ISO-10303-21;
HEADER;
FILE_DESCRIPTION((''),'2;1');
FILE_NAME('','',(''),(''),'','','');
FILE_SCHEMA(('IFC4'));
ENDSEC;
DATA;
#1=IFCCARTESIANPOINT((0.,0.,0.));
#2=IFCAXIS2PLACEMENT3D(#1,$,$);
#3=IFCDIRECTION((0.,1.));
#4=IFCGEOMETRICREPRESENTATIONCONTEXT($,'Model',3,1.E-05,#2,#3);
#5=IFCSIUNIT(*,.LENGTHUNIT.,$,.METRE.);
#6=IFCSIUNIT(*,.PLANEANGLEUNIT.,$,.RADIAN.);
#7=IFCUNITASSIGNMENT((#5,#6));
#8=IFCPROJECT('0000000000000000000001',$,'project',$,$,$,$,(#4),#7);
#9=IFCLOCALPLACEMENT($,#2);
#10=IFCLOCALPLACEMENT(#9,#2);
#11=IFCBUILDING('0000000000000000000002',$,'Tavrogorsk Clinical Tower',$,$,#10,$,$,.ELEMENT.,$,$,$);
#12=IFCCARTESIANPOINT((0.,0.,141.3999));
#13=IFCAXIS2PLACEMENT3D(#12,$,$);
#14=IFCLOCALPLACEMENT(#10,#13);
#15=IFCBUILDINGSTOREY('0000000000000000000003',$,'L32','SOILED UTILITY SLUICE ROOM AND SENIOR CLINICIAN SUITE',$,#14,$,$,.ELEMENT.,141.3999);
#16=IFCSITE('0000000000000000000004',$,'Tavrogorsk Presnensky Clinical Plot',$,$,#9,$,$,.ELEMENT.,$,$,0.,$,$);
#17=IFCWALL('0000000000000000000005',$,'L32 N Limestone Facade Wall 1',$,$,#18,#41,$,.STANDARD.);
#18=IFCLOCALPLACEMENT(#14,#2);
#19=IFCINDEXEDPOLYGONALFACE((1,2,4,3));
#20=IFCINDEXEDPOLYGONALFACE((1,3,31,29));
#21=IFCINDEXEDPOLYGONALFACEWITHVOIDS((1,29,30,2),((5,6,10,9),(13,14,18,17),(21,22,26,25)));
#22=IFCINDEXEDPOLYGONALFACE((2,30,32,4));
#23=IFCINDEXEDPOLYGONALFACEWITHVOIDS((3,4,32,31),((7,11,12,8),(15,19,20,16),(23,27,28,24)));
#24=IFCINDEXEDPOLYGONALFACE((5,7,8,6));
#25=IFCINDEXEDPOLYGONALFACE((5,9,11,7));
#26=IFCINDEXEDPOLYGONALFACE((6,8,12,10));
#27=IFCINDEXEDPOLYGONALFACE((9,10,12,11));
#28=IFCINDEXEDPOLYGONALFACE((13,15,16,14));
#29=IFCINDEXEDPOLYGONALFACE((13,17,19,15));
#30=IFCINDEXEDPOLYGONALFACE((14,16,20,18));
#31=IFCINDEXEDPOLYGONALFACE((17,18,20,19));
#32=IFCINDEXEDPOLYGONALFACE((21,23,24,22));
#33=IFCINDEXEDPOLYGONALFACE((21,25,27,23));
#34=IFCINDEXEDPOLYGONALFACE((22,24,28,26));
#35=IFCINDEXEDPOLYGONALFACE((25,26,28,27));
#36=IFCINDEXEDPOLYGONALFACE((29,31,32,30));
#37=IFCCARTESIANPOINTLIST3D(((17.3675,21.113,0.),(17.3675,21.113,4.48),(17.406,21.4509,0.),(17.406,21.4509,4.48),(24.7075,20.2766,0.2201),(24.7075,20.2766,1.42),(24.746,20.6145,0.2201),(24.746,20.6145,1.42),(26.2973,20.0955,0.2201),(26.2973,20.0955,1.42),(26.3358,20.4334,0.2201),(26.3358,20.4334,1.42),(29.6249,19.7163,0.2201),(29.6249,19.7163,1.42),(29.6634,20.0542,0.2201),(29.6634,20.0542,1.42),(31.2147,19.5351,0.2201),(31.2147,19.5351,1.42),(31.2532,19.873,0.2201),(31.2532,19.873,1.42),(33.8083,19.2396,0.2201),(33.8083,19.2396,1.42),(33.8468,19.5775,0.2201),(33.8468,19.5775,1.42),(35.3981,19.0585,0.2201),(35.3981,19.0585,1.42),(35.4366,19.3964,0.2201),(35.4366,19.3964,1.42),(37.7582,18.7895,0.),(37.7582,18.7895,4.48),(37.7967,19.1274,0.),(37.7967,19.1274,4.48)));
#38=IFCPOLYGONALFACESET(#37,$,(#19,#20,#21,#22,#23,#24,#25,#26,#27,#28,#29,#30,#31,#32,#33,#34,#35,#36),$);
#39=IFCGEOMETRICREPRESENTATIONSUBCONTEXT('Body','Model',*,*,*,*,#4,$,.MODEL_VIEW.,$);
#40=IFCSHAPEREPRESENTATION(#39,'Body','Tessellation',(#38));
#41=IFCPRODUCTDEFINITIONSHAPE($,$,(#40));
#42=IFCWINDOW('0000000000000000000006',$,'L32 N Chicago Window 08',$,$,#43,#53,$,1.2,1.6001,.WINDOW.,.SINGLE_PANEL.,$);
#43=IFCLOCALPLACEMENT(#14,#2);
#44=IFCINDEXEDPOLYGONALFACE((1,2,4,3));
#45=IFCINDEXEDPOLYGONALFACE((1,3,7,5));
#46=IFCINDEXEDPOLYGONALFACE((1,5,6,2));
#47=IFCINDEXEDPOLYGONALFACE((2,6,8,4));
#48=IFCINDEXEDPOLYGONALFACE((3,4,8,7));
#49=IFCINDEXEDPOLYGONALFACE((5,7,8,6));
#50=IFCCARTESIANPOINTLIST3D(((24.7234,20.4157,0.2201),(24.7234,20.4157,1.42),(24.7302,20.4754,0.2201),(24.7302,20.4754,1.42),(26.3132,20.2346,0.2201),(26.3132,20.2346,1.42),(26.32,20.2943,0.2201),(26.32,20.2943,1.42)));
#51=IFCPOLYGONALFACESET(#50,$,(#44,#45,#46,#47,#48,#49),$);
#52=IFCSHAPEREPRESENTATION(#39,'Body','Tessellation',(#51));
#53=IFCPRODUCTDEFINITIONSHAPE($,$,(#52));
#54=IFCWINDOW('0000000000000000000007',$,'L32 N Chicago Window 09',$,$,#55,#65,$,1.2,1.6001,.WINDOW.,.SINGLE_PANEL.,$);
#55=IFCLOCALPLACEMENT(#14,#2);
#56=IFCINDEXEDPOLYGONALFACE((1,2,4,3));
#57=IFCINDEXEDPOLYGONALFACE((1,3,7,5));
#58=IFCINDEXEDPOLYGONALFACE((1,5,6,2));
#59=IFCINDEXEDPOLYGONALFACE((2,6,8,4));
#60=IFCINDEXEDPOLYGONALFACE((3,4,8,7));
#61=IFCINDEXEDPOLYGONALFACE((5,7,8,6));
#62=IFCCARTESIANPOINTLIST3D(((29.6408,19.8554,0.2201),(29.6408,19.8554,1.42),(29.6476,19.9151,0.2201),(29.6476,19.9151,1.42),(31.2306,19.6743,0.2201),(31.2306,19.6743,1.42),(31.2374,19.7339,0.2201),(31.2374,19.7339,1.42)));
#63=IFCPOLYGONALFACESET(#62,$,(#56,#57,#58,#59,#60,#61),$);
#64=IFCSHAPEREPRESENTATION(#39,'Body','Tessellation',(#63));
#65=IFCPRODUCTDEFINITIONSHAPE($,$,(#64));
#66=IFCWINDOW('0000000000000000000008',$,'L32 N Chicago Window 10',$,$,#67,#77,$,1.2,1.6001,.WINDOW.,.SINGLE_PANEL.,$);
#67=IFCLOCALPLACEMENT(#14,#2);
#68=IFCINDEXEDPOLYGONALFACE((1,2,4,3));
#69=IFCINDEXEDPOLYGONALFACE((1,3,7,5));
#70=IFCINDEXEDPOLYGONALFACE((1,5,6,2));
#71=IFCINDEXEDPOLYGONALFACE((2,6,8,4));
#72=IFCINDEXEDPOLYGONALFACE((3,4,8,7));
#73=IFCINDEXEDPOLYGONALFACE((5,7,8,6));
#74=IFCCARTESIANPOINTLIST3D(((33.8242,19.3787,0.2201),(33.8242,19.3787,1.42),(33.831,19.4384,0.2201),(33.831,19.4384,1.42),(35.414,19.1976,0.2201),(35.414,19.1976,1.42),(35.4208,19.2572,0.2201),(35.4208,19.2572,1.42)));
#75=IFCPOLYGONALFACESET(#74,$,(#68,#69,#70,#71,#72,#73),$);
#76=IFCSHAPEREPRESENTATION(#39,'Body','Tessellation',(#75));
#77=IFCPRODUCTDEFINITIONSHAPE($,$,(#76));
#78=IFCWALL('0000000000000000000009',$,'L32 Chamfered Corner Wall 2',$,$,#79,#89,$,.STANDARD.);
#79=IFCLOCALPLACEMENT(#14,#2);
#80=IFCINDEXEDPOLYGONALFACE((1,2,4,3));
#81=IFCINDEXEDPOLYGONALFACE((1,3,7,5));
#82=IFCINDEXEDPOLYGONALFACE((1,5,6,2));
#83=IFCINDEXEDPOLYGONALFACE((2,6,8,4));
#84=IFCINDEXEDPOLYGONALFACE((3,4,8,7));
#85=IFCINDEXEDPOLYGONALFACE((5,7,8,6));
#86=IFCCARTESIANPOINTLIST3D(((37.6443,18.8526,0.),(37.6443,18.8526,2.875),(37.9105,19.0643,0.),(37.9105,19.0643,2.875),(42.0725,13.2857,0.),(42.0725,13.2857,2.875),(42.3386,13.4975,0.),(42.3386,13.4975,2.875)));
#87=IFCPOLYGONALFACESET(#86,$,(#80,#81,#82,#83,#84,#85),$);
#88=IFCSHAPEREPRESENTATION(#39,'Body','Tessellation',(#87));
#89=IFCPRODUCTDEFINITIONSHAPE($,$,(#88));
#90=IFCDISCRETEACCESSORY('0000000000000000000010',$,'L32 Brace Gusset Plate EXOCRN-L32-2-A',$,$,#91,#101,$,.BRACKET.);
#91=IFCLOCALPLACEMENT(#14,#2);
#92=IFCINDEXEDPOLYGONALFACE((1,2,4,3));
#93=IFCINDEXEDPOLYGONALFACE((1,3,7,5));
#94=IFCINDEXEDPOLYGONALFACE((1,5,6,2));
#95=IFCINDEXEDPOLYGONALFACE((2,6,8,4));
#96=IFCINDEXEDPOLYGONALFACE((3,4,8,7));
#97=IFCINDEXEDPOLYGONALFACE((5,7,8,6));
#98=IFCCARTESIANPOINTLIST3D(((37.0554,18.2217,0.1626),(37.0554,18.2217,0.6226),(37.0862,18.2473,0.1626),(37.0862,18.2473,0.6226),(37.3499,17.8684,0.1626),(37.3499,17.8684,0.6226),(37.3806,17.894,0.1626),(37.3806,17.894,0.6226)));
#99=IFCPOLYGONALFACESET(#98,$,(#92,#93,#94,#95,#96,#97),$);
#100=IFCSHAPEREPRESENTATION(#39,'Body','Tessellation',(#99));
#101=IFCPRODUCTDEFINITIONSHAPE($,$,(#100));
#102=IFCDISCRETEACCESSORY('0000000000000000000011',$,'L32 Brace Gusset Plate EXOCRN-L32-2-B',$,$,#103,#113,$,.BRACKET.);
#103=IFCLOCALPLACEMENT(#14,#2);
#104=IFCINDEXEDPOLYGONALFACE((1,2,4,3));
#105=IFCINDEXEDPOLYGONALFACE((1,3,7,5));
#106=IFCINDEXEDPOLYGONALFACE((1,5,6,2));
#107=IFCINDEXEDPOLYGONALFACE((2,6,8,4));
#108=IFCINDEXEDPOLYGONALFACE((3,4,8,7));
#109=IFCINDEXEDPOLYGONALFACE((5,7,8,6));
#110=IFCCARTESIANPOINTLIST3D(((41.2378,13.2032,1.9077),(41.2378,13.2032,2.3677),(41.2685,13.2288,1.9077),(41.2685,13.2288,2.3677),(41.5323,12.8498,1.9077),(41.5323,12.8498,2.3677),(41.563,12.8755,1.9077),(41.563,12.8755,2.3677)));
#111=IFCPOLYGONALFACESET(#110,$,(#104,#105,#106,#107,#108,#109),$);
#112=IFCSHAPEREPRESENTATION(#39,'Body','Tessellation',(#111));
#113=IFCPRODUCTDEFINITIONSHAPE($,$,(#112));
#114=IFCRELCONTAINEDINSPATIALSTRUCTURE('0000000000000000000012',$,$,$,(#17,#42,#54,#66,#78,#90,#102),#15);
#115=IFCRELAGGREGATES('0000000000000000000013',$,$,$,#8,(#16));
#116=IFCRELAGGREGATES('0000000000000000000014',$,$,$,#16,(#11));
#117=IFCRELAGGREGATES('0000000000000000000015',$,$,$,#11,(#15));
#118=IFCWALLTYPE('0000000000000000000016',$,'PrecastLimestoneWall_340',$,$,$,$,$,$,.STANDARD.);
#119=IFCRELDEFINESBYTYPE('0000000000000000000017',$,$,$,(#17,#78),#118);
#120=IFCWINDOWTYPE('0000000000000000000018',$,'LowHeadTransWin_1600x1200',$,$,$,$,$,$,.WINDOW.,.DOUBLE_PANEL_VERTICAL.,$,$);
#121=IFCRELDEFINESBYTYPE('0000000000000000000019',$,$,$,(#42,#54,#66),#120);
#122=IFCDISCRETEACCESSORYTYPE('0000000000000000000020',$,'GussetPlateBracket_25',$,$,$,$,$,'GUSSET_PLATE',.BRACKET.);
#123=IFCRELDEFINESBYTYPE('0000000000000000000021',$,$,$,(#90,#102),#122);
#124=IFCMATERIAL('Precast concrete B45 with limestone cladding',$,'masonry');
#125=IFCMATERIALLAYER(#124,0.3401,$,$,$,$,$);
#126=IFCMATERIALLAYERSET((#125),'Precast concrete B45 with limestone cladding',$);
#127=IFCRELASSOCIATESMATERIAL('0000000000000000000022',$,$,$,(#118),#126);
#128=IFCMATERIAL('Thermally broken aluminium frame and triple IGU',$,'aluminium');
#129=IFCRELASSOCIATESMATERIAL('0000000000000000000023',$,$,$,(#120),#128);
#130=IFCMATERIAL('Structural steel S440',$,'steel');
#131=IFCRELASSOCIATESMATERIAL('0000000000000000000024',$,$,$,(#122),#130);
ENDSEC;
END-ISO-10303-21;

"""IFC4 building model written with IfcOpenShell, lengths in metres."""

from ifc_helpers import new_model, si_unit, direction, frame, frame_2d, origin, origin_2d, place, context, subcontext, project, spatial, rectangle, extrude, material, layer, layer_set, type_object, element, fill, save


model = new_model("IFC4")

# Units and contexts
model_context = context("Model", 3, precision=1e-05, world=origin(), true_north=direction((0.0, 1.0)))
body_context = subcontext(model_context, "Body", "Model", "MODEL_VIEW")
ifc_project = project(units=[si_unit("LENGTHUNIT", "METRE"), si_unit("PLANEANGLEUNIT", "RADIAN")], contexts=[model_context])

# Site, building, storey
site_placement = place(None, origin())
site = spatial("IfcSite", under=ifc_project, at=site_placement, Name="Tavrogorsk Presnensky Clinical Plot", CompositionType="ELEMENT", RefElevation=0.0)
building_placement = place(site_placement, origin())
building = spatial("IfcBuilding", under=site, at=building_placement, Name="Tavrogorsk Clinical Tower", CompositionType="ELEMENT")
storey_placement = place(building_placement, frame((0.0, 0.0, 141.3999)))
storey = spatial("IfcBuildingStorey", under=building, at=storey_placement, Name="L32", Description="SOILED UTILITY SLUICE ROOM AND SENIOR CLINICIAN SUITE", CompositionType="ELEMENT", Elevation=141.3999)

# Wall, openings, windows
ifc_material_1 = material(Name="Precast concrete B45 with limestone cladding", Category="masonry")
ifc_layer_1 = layer(ifc_material_1, 0.3401)
ifc_layer_set_1 = layer_set([ifc_layer_1], Name="Precast concrete B45 with limestone cladding")
wall_type_1 = type_object("IfcWallType", Name="PrecastLimestoneWall_340", PredefinedType="STANDARD", material=ifc_layer_set_1)
wall_1_placement = place(storey_placement, frame((37.7773, 18.9585, 0.0), z_axis=(0.0, 0.0, 1.0), x_axis=(-0.993571, 0.113215, 0.0)))
wall_1 = element("IfcWall", 1, at=wall_1_placement, inside=storey, type_object=wall_type_1, Name="L32 N Limestone Facade Wall 1", PredefinedType="STANDARD", context=body_context, shape_type="SweptSolid", body=[
    extrude(rectangle(XDim=20.5227, YDim=0.3401, at=frame_2d((10.2612, 0.0))), origin(), (0.0, 0.0, 1.0), 4.48),
])
opening_1_placement = place(wall_1_placement, frame((11.5349, 0.0, 0.22)))
opening_1 = element("IfcOpeningElement", 2, at=opening_1_placement, cuts=wall_1, PredefinedType="OPENING", context=body_context, shape_type="SweptSolid", body=[
    extrude(rectangle(XDim=1.6001, YDim=1.2, at=frame_2d((0.8, 0.6001))), frame((0.0, 0.1799, 0.0), z_axis=(0.0, -1.0, 0.0), x_axis=(1.0, 0.0, 0.0)), (0.0, 0.0, 1.0), 0.3601),
])
opening_2_placement = place(wall_1_placement, frame((6.5857, 0.0, 0.22)))
opening_2 = element("IfcOpeningElement", 3, at=opening_2_placement, cuts=wall_1, PredefinedType="OPENING", context=body_context, shape_type="SweptSolid", body=[
    extrude(rectangle(XDim=1.6001, YDim=1.2, at=frame_2d((0.8, 0.6001))), frame((0.0, 0.1799, 0.0), z_axis=(0.0, -1.0, 0.0), x_axis=(1.0, 0.0, 0.0)), (0.0, 0.0, 1.0), 0.3601),
])
opening_3_placement = place(wall_1_placement, frame((2.3752, 0.0, 0.22)))
opening_3 = element("IfcOpeningElement", 4, at=opening_3_placement, cuts=wall_1, PredefinedType="OPENING", context=body_context, shape_type="SweptSolid", body=[
    extrude(rectangle(XDim=1.6001, YDim=1.2, at=frame_2d((0.8, 0.6001))), frame((0.0, 0.1799, 0.0), z_axis=(0.0, -1.0, 0.0), x_axis=(1.0, 0.0, 0.0)), (0.0, 0.0, 1.0), 0.3601),
])
ifc_material_2 = material(Name="Thermally broken aluminium frame and triple IGU", Category="aluminium")
window_type = type_object("IfcWindowType", Name="LowHeadTransWin_1600x1200", PartitioningType="DOUBLE_PANEL_VERTICAL", PredefinedType="WINDOW", material=ifc_material_2)
window_1_placement = place(opening_1_placement, origin())
window_1 = element("IfcWindow", 5, at=window_1_placement, inside=storey, type_object=window_type, Name="L32 N Chicago Window 08", OverallHeight=1.2, OverallWidth=1.6001, PartitioningType="SINGLE_PANEL", PredefinedType="WINDOW", context=body_context, shape_type="SweptSolid", body=[
    extrude(rectangle(XDim=1.6001, YDim=1.2, at=frame_2d((0.8, 0.6001))), frame((0.0, 0.03, 0.0), z_axis=(0.0, -1.0, 0.0), x_axis=(1.0, 0.0, 0.0)), (0.0, 0.0, 1.0), 0.0601),
])
fill(opening_1, window_1)
window_2_placement = place(opening_2_placement, origin())
window_2 = element("IfcWindow", 6, at=window_2_placement, inside=storey, type_object=window_type, Name="L32 N Chicago Window 09", OverallHeight=1.2, OverallWidth=1.6001, PartitioningType="SINGLE_PANEL", PredefinedType="WINDOW", context=body_context, shape_type="SweptSolid", body=[
    extrude(rectangle(XDim=1.6001, YDim=1.2, at=frame_2d((0.8, 0.6001))), frame((0.0, 0.03, 0.0), z_axis=(0.0, -1.0, 0.0), x_axis=(1.0, 0.0, 0.0)), (0.0, 0.0, 1.0), 0.0601),
])
fill(opening_2, window_2)
window_3_placement = place(opening_3_placement, origin())
window_3 = element("IfcWindow", 7, at=window_3_placement, inside=storey, type_object=window_type, Name="L32 N Chicago Window 10", OverallHeight=1.2, OverallWidth=1.6001, PartitioningType="SINGLE_PANEL", PredefinedType="WINDOW", context=body_context, shape_type="SweptSolid", body=[
    extrude(rectangle(XDim=1.6001, YDim=1.2, at=frame_2d((0.8, 0.6001))), frame((0.0, 0.03, 0.0), z_axis=(0.0, -1.0, 0.0), x_axis=(1.0, 0.0, 0.0)), (0.0, 0.0, 1.0), 0.0601),
])
fill(opening_3, window_3)

# Wall
wall_2_placement = place(storey_placement, frame((42.2056, 13.3916, 0.0), z_axis=(0.0, 0.0, 1.0), x_axis=(-0.622525, 0.7826, 0.0)))
element("IfcWall", 8, at=wall_2_placement, inside=storey, type_object=wall_type_1, Name="L32 Chamfered Corner Wall 2", PredefinedType="STANDARD", context=body_context, shape_type="SweptSolid", body=[
    extrude(rectangle(XDim=7.1133, YDim=0.3401, at=frame_2d((3.5566, 0.0))), origin(), (0.0, 0.0, 1.0), 2.875),
])

# Discrete accessories
ifc_material_3 = material(Name="Structural steel S440", Category="steel")
discrete_accessory_type = type_object("IfcDiscreteAccessoryType", Name="GussetPlateBracket_25", ElementType="GUSSET_PLATE", PredefinedType="BRACKET", material=ifc_material_3)
for number, where, z_axis, x_axis, name in (
    (9, (37.218, 18.0579, 0.1626), (0.0, 0.0, 1.0), (0.640244, -0.768172, 0.0), "L32 Brace Gusset Plate EXOCRN-L32-2-A"),
    (10, (41.4004, 13.0393, 1.9077), (0.0, 0.0, 1.0), (0.640244, -0.768172, 0.0), "L32 Brace Gusset Plate EXOCRN-L32-2-B"),
):
    element("IfcDiscreteAccessory", number, at=place(storey_placement, frame(where, z_axis=z_axis, x_axis=x_axis)), inside=storey, type_object=discrete_accessory_type, Name=name, PredefinedType="BRACKET", context=body_context, shape_type="SweptSolid", body=[
        extrude(rectangle(XDim=0.46, YDim=0.04, at=origin_2d()), origin(), (0.0, 0.0, 1.0), 0.46),
    ])

save(model, "model.ifc")
